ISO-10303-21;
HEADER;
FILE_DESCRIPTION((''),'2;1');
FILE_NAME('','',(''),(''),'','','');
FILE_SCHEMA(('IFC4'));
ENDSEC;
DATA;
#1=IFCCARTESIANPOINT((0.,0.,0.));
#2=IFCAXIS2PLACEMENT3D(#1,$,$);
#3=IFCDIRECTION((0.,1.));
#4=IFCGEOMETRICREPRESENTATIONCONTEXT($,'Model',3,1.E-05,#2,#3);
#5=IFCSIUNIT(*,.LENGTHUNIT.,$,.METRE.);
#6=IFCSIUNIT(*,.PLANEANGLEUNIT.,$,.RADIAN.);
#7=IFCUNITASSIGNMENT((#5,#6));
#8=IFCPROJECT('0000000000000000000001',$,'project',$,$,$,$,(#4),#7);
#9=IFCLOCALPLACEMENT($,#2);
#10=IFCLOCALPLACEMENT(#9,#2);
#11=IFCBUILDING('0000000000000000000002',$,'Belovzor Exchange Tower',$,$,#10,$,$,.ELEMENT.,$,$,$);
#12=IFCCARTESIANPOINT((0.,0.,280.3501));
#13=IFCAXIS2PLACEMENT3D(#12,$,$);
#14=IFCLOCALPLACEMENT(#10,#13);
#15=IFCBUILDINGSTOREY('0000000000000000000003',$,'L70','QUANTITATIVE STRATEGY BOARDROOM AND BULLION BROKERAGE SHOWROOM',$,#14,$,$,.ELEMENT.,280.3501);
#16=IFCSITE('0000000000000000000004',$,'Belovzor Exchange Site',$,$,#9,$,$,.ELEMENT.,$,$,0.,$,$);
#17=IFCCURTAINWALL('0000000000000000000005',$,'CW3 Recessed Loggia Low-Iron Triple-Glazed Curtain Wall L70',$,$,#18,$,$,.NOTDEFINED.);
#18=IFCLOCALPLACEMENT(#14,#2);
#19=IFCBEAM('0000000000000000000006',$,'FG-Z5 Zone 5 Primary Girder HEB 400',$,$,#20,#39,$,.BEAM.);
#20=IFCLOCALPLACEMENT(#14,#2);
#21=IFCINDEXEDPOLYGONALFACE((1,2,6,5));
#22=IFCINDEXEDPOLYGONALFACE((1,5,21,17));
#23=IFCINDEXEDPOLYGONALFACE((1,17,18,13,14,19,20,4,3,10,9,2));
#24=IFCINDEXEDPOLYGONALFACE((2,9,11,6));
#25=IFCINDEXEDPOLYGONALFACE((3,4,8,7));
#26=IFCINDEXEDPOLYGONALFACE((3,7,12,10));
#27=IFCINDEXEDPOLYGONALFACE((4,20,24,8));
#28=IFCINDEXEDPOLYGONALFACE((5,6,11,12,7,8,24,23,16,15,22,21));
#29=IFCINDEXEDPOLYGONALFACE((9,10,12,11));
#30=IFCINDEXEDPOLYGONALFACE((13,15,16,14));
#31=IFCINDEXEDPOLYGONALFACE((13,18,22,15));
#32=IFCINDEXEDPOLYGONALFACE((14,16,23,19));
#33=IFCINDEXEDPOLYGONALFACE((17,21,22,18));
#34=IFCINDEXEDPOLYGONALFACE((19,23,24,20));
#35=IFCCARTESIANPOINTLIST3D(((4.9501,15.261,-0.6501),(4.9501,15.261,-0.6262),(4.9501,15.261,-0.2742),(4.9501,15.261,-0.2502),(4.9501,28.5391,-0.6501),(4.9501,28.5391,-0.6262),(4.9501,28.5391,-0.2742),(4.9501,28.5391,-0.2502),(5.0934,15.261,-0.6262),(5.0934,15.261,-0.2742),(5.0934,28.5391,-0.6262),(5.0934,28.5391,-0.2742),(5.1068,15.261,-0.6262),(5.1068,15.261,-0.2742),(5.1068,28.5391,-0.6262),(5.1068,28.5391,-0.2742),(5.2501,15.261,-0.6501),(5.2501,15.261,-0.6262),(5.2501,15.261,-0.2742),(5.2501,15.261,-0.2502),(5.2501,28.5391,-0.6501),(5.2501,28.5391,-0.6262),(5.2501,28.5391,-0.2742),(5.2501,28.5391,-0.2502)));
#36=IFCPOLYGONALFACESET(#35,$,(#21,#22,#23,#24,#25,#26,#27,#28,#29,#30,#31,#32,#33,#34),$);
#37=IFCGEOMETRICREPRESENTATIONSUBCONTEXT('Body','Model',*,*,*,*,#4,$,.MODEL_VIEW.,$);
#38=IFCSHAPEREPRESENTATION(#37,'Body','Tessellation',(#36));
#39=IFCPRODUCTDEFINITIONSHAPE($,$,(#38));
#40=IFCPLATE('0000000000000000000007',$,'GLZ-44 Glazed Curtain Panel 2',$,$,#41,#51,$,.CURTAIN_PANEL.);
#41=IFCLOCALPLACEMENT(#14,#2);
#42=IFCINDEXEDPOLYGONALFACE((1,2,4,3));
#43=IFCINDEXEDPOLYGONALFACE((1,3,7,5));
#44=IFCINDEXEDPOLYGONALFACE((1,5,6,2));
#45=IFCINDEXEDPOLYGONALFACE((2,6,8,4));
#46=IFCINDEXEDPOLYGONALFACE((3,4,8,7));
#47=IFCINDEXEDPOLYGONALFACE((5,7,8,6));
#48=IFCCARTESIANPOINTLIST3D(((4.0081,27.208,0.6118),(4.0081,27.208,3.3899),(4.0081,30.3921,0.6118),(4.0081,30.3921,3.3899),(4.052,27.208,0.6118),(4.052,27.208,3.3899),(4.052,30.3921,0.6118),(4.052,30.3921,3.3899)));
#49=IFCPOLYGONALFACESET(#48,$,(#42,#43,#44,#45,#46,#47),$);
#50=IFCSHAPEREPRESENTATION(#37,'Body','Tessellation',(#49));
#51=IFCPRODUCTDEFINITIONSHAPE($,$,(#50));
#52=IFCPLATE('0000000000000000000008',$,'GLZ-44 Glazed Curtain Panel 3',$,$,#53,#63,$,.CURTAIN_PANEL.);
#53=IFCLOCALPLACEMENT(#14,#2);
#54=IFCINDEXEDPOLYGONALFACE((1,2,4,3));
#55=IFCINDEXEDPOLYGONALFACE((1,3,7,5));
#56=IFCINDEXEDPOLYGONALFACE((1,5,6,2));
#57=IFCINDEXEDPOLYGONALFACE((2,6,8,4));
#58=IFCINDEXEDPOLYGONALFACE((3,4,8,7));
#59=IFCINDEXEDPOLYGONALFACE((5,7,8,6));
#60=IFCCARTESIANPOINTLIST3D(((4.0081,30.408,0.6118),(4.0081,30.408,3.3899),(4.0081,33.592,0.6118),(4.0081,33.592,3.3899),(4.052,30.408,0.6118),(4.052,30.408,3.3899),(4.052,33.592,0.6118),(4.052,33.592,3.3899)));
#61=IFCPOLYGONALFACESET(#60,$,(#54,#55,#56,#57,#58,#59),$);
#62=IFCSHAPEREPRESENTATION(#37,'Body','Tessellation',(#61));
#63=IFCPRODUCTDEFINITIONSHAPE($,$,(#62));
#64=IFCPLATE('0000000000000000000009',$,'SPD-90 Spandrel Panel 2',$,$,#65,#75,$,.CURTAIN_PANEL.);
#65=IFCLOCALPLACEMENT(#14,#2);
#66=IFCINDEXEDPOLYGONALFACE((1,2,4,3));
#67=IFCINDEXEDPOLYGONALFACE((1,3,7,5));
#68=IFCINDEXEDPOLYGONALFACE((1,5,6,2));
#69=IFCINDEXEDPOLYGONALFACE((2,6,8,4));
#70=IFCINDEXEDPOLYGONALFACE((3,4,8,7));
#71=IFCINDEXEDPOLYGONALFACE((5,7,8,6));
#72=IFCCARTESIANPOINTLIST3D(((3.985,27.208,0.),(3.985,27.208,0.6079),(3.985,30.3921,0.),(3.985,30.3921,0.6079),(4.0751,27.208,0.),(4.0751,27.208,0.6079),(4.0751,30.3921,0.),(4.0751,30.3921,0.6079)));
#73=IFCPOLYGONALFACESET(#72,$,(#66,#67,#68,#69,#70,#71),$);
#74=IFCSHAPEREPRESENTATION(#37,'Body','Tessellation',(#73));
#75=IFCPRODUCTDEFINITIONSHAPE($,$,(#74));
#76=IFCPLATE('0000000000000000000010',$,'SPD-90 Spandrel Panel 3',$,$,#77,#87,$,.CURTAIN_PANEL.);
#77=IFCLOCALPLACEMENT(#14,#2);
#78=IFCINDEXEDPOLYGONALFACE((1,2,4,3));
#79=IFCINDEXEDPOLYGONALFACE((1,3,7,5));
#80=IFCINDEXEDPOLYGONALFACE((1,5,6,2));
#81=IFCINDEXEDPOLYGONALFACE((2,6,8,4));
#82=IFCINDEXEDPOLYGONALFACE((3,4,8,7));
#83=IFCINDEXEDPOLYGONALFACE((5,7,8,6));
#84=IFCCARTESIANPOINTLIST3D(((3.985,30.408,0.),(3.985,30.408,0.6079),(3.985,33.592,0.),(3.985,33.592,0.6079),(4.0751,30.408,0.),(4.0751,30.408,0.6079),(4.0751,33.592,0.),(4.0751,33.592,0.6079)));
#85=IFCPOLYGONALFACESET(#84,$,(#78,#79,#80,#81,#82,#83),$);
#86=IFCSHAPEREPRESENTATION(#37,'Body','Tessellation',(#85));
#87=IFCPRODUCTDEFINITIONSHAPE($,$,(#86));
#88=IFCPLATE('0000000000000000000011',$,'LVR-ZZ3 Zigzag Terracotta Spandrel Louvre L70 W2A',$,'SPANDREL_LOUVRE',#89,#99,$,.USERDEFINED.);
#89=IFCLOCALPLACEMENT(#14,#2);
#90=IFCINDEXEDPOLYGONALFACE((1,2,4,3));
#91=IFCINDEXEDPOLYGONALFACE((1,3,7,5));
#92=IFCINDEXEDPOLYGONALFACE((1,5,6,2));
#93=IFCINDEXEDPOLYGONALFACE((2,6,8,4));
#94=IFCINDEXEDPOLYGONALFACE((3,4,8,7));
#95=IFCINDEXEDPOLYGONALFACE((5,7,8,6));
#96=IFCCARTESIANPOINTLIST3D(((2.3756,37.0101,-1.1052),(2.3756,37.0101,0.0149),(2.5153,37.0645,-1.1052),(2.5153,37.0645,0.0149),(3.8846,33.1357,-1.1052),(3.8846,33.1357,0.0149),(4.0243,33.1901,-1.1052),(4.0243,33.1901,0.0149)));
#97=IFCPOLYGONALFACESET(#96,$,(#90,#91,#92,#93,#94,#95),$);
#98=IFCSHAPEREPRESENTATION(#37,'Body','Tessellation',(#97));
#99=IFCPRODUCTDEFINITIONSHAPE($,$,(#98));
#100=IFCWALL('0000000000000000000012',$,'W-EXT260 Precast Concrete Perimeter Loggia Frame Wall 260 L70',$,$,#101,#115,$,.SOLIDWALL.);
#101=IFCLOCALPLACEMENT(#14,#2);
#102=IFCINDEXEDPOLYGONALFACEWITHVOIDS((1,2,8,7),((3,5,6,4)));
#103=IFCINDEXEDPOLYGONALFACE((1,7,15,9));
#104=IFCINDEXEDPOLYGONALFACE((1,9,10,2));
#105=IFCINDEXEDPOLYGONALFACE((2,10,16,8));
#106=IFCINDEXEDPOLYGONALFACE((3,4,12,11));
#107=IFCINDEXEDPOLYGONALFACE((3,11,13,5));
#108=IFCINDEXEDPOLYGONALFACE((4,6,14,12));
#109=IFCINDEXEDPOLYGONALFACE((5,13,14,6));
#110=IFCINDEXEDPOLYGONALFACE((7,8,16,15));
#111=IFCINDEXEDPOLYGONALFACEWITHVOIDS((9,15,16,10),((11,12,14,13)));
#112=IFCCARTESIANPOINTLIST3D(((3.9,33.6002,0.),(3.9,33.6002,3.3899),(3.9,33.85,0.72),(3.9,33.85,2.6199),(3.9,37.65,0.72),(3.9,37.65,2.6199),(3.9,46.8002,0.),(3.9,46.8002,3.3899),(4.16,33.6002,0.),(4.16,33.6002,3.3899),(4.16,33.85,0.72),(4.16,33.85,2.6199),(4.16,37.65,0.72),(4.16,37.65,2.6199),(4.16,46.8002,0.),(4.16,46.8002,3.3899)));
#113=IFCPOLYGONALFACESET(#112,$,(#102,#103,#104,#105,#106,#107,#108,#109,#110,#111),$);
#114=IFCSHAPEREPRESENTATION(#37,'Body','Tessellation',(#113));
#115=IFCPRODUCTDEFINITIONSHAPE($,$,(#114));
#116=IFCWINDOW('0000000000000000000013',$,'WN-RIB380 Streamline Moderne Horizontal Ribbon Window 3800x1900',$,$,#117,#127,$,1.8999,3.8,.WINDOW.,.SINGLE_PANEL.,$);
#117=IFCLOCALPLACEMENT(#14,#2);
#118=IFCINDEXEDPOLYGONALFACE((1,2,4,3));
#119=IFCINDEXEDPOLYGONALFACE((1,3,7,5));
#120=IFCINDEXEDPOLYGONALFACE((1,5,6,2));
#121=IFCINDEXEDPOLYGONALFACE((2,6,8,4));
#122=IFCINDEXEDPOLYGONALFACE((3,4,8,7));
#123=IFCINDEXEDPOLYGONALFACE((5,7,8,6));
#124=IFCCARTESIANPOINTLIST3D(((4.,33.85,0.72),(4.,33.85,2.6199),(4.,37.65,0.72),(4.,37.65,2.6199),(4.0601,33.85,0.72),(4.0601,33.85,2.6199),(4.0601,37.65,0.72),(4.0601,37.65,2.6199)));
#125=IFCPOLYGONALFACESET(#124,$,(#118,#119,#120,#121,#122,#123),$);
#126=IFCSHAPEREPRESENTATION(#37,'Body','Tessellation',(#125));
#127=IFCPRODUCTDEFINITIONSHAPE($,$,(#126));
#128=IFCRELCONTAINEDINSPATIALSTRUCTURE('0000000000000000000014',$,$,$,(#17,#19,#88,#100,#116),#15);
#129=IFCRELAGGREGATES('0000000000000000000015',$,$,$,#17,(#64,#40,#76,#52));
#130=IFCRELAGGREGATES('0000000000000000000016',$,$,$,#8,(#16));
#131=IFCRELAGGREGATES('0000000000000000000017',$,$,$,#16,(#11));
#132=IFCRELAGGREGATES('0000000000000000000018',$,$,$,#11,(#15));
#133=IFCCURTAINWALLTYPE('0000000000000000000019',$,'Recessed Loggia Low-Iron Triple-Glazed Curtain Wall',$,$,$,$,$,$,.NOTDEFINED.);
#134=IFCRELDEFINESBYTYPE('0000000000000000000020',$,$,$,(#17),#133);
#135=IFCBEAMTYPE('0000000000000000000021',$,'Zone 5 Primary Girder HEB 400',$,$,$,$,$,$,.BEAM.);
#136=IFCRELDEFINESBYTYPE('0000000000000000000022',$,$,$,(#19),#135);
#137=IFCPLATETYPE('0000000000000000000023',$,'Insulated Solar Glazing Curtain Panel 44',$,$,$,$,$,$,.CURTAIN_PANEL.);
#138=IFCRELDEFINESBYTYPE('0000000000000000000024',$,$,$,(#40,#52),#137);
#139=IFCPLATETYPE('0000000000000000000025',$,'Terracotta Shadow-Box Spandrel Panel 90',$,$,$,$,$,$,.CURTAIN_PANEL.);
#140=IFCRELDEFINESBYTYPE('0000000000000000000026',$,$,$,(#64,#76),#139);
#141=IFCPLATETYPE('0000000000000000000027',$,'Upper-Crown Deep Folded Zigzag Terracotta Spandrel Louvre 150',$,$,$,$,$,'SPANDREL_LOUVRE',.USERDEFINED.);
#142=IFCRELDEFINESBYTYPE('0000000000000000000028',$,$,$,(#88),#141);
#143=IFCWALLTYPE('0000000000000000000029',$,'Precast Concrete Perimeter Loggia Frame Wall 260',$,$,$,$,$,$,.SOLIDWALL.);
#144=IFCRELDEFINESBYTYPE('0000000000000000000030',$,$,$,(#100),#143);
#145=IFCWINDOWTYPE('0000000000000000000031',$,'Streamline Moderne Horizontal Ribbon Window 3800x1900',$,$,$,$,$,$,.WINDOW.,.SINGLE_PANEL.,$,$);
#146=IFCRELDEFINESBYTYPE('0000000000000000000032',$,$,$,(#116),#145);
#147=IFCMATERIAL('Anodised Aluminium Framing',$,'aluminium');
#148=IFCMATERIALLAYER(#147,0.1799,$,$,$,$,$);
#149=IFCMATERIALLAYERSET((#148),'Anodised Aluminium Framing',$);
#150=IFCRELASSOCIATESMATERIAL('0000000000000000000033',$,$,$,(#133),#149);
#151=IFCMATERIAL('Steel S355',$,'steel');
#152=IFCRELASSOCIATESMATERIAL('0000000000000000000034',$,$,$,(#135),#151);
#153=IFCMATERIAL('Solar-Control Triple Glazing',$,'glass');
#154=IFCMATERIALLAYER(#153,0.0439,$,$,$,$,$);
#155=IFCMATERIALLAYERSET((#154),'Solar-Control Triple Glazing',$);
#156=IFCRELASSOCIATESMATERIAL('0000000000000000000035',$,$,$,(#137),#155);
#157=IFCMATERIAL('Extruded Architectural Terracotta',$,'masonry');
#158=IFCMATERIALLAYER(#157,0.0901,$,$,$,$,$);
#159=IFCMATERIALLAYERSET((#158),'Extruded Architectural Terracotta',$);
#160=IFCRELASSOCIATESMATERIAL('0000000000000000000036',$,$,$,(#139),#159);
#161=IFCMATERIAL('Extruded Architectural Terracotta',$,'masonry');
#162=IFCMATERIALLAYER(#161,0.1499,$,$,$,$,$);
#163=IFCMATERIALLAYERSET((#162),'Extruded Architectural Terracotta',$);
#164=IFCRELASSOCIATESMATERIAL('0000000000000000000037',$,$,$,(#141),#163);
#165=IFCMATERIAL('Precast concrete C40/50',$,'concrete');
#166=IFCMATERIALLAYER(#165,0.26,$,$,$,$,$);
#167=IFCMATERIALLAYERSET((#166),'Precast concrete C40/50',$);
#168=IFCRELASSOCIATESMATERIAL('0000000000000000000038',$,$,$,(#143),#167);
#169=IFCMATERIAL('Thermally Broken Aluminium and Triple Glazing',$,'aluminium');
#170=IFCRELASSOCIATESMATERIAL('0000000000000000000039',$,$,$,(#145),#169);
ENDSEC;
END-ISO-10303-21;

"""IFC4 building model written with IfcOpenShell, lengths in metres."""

from ifc_helpers import new_model, si_unit, direction, frame, frame_2d, origin, origin_2d, place, context, subcontext, project, spatial, rectangle, i_section, extrude, material, layer, layer_set, material_profile, profile_set, type_object, element, fill, aggregate, save


model = new_model("IFC4")

# Units and contexts
model_context = context("Model", 3, precision=1e-05, world=origin(), true_north=direction((0.0, 1.0)))
body_context = subcontext(model_context, "Body", "Model", "MODEL_VIEW")
ifc_project = project(units=[si_unit("LENGTHUNIT", "METRE"), si_unit("PLANEANGLEUNIT", "RADIAN")], contexts=[model_context])

# Site, building, storey
site_placement = place(None, origin())
site = spatial("IfcSite", under=ifc_project, at=site_placement, Name="Belovzor Exchange Site", CompositionType="ELEMENT", RefElevation=0.0)
building_placement = place(site_placement, origin())
building = spatial("IfcBuilding", under=site, at=building_placement, Name="Belovzor Exchange Tower", CompositionType="ELEMENT")
storey_placement = place(building_placement, frame((0.0, 0.0, 280.3501)))
storey = spatial("IfcBuildingStorey", under=building, at=storey_placement, Name="L70", Description="QUANTITATIVE STRATEGY BOARDROOM AND BULLION BROKERAGE SHOWROOM", CompositionType="ELEMENT", Elevation=280.3501)

# Curtain wall
ifc_material_1 = material(Name="Anodised Aluminium Framing", Category="aluminium")
ifc_layer_1 = layer(ifc_material_1, 0.1799)
ifc_layer_set_1 = layer_set([ifc_layer_1], Name="Anodised Aluminium Framing")
curtain_wall_type = type_object("IfcCurtainWallType", Name="Recessed Loggia Low-Iron Triple-Glazed Curtain Wall", PredefinedType="NOTDEFINED", material=ifc_layer_set_1)
curtain_wall_placement = place(storey_placement, origin())
curtain_wall = element("IfcCurtainWall", 1, at=curtain_wall_placement, inside=storey, type_object=curtain_wall_type, Name="CW3 Recessed Loggia Low-Iron Triple-Glazed Curtain Wall L70", PredefinedType="NOTDEFINED")

# Beam
ifc_material_2 = material(Name="Steel S355", Category="steel")
ifc_material_profile_1 = material_profile(ifc_material_2, i_section(OverallWidth=0.3, OverallDepth=0.3999, WebThickness=0.0134, FlangeThickness=0.0239, at=origin_2d()))
ifc_profile_set_1 = profile_set([ifc_material_profile_1], Name="Steel S355")
beam_type_1 = type_object("IfcBeamType", Name="Zone 5 Primary Girder HEB 400", PredefinedType="BEAM", material=ifc_profile_set_1)
beam_1_placement = place(storey_placement, frame((5.1001, 28.5391, -0.4502), z_axis=(0.0, -1.0, 0.0), x_axis=(1.0, 0.0, 0.0)))
element("IfcBeam", 2, at=beam_1_placement, inside=storey, type_object=beam_type_1, Name="FG-Z5 Zone 5 Primary Girder HEB 400", PredefinedType="BEAM", context=body_context, shape_type="SweptSolid", body=[
    extrude(i_section(OverallWidth=0.3, OverallDepth=0.3999, WebThickness=0.0134, FlangeThickness=0.0239, at=origin_2d()), origin(), (0.0, 0.0, 1.0), 13.2781),
])

# Plates
ifc_material_3 = material(Name="Solar-Control Triple Glazing", Category="glass")
ifc_layer_2 = layer(ifc_material_3, 0.0439)
ifc_layer_set_2 = layer_set([ifc_layer_2], Name="Solar-Control Triple Glazing")
plate_type_1 = type_object("IfcPlateType", Name="Insulated Solar Glazing Curtain Panel 44", PredefinedType="CURTAIN_PANEL", material=ifc_layer_set_2)
plate_1_placement = place(storey_placement, frame((4.03, 28.8, 0.6118), z_axis=(0.0, 0.0, 1.0), x_axis=(0.0, 1.0, 0.0)))
plate_1 = element("IfcPlate", 3, at=plate_1_placement, type_object=plate_type_1, Name="GLZ-44 Glazed Curtain Panel 2", PredefinedType="CURTAIN_PANEL", context=body_context, shape_type="SweptSolid", body=[
    extrude(rectangle(XDim=3.1841, YDim=0.0439, at=origin_2d()), origin(), (0.0, 0.0, 1.0), 2.7781),
])
plate_2_placement = place(storey_placement, frame((4.03, 32.0, 0.6118), z_axis=(0.0, 0.0, 1.0), x_axis=(0.0, 1.0, 0.0)))
plate_2 = element("IfcPlate", 4, at=plate_2_placement, type_object=plate_type_1, Name="GLZ-44 Glazed Curtain Panel 3", PredefinedType="CURTAIN_PANEL", context=body_context, shape_type="SweptSolid", body=[
    extrude(rectangle(XDim=3.1841, YDim=0.0439, at=origin_2d()), origin(), (0.0, 0.0, 1.0), 2.7781),
])
ifc_material_4 = material(Name="Extruded Architectural Terracotta", Category="masonry")
ifc_layer_3 = layer(ifc_material_4, 0.0901)
ifc_layer_set_3 = layer_set([ifc_layer_3], Name="Extruded Architectural Terracotta")
plate_type_2 = type_object("IfcPlateType", Name="Terracotta Shadow-Box Spandrel Panel 90", PredefinedType="CURTAIN_PANEL", material=ifc_layer_set_3)
plate_3_placement = place(storey_placement, frame((4.03, 28.8, 0.0), z_axis=(0.0, 0.0, 1.0), x_axis=(0.0, 1.0, 0.0)))
plate_3 = element("IfcPlate", 5, at=plate_3_placement, type_object=plate_type_2, Name="SPD-90 Spandrel Panel 2", PredefinedType="CURTAIN_PANEL", context=body_context, shape_type="SweptSolid", body=[
    extrude(rectangle(XDim=3.1841, YDim=0.0901, at=origin_2d()), origin(), (0.0, 0.0, 1.0), 0.6079),
])
plate_4_placement = place(storey_placement, frame((4.03, 32.0, 0.0), z_axis=(0.0, 0.0, 1.0), x_axis=(0.0, 1.0, 0.0)))
plate_4 = element("IfcPlate", 6, at=plate_4_placement, type_object=plate_type_2, Name="SPD-90 Spandrel Panel 3", PredefinedType="CURTAIN_PANEL", context=body_context, shape_type="SweptSolid", body=[
    extrude(rectangle(XDim=3.1841, YDim=0.0901, at=origin_2d()), origin(), (0.0, 0.0, 1.0), 0.6079),
])
aggregate(curtain_wall, [plate_3, plate_1, plate_4, plate_2])
ifc_material_5 = material(Name="Extruded Architectural Terracotta", Category="masonry")
ifc_layer_4 = layer(ifc_material_5, 0.1499)
ifc_layer_set_4 = layer_set([ifc_layer_4], Name="Extruded Architectural Terracotta")
plate_type_3 = type_object("IfcPlateType", Name="Upper-Crown Deep Folded Zigzag Terracotta Spandrel Louvre 150", ElementType="SPANDREL_LOUVRE", PredefinedType="USERDEFINED", material=ifc_layer_set_4)
plate_5_placement = place(storey_placement, frame((3.2, 35.1001, -1.1052), z_axis=(0.0, 0.0, 1.0), x_axis=(-0.362926, 0.931818, 0.0)))
element("IfcPlate", 7, at=plate_5_placement, inside=storey, type_object=plate_type_3, Name="LVR-ZZ3 Zigzag Terracotta Spandrel Louvre L70 W2A", ObjectType="SPANDREL_LOUVRE", PredefinedType="USERDEFINED", context=body_context, shape_type="SweptSolid", body=[
    extrude(rectangle(XDim=4.158, YDim=0.1499, at=origin_2d()), origin(), (0.0, 0.0, 1.0), 1.1201),
])

# Wall, opening, window
ifc_material_6 = material(Name="Precast concrete C40/50", Category="concrete")
ifc_layer_5 = layer(ifc_material_6, 0.26)
ifc_layer_set_5 = layer_set([ifc_layer_5], Name="Precast concrete C40/50")
wall_type = type_object("IfcWallType", Name="Precast Concrete Perimeter Loggia Frame Wall 260", PredefinedType="SOLIDWALL", material=ifc_layer_set_5)
wall_placement = place(storey_placement, frame((4.03, 33.6001, 0.0), z_axis=(0.0, 0.0, 1.0), x_axis=(0.0, 1.0, 0.0)))
wall = element("IfcWall", 8, at=wall_placement, inside=storey, type_object=wall_type, Name="W-EXT260 Precast Concrete Perimeter Loggia Frame Wall 260 L70", PredefinedType="SOLIDWALL", context=body_context, shape_type="SweptSolid", body=[
    extrude(rectangle(XDim=13.2, YDim=0.26, at=frame_2d((6.6001, 0.0))), origin(), (0.0, 0.0, 1.0), 3.3899),
])
opening_placement = place(wall_placement, frame((0.25, 0.0, 0.72)))
opening = element("IfcOpeningElement", 9, at=opening_placement, cuts=wall, PredefinedType="OPENING", context=body_context, shape_type="SweptSolid", body=[
    extrude(rectangle(XDim=3.8, YDim=1.8999, at=frame_2d((1.8999, 0.95))), frame((0.0, 0.1399, 0.0), z_axis=(0.0, -1.0, 0.0), x_axis=(1.0, 0.0, 0.0)), (0.0, 0.0, 1.0), 0.28),
])
ifc_material_7 = material(Name="Thermally Broken Aluminium and Triple Glazing", Category="aluminium")
window_type = type_object("IfcWindowType", Name="Streamline Moderne Horizontal Ribbon Window 3800x1900", PartitioningType="SINGLE_PANEL", PredefinedType="WINDOW", material=ifc_material_7)
window_placement = place(opening_placement, origin())
window = element("IfcWindow", 10, at=window_placement, inside=storey, type_object=window_type, Name="WN-RIB380 Streamline Moderne Horizontal Ribbon Window 3800x1900", OverallHeight=1.8999, OverallWidth=3.8, PartitioningType="SINGLE_PANEL", PredefinedType="WINDOW", context=body_context, shape_type="SweptSolid", body=[
    extrude(rectangle(XDim=3.8, YDim=1.8999, at=frame_2d((1.8999, 0.95))), frame((0.0, 0.03, 0.0), z_axis=(0.0, -1.0, 0.0), x_axis=(1.0, 0.0, 0.0)), (0.0, 0.0, 1.0), 0.0601),
])
fill(opening, window)

save(model, "model.ifc")
